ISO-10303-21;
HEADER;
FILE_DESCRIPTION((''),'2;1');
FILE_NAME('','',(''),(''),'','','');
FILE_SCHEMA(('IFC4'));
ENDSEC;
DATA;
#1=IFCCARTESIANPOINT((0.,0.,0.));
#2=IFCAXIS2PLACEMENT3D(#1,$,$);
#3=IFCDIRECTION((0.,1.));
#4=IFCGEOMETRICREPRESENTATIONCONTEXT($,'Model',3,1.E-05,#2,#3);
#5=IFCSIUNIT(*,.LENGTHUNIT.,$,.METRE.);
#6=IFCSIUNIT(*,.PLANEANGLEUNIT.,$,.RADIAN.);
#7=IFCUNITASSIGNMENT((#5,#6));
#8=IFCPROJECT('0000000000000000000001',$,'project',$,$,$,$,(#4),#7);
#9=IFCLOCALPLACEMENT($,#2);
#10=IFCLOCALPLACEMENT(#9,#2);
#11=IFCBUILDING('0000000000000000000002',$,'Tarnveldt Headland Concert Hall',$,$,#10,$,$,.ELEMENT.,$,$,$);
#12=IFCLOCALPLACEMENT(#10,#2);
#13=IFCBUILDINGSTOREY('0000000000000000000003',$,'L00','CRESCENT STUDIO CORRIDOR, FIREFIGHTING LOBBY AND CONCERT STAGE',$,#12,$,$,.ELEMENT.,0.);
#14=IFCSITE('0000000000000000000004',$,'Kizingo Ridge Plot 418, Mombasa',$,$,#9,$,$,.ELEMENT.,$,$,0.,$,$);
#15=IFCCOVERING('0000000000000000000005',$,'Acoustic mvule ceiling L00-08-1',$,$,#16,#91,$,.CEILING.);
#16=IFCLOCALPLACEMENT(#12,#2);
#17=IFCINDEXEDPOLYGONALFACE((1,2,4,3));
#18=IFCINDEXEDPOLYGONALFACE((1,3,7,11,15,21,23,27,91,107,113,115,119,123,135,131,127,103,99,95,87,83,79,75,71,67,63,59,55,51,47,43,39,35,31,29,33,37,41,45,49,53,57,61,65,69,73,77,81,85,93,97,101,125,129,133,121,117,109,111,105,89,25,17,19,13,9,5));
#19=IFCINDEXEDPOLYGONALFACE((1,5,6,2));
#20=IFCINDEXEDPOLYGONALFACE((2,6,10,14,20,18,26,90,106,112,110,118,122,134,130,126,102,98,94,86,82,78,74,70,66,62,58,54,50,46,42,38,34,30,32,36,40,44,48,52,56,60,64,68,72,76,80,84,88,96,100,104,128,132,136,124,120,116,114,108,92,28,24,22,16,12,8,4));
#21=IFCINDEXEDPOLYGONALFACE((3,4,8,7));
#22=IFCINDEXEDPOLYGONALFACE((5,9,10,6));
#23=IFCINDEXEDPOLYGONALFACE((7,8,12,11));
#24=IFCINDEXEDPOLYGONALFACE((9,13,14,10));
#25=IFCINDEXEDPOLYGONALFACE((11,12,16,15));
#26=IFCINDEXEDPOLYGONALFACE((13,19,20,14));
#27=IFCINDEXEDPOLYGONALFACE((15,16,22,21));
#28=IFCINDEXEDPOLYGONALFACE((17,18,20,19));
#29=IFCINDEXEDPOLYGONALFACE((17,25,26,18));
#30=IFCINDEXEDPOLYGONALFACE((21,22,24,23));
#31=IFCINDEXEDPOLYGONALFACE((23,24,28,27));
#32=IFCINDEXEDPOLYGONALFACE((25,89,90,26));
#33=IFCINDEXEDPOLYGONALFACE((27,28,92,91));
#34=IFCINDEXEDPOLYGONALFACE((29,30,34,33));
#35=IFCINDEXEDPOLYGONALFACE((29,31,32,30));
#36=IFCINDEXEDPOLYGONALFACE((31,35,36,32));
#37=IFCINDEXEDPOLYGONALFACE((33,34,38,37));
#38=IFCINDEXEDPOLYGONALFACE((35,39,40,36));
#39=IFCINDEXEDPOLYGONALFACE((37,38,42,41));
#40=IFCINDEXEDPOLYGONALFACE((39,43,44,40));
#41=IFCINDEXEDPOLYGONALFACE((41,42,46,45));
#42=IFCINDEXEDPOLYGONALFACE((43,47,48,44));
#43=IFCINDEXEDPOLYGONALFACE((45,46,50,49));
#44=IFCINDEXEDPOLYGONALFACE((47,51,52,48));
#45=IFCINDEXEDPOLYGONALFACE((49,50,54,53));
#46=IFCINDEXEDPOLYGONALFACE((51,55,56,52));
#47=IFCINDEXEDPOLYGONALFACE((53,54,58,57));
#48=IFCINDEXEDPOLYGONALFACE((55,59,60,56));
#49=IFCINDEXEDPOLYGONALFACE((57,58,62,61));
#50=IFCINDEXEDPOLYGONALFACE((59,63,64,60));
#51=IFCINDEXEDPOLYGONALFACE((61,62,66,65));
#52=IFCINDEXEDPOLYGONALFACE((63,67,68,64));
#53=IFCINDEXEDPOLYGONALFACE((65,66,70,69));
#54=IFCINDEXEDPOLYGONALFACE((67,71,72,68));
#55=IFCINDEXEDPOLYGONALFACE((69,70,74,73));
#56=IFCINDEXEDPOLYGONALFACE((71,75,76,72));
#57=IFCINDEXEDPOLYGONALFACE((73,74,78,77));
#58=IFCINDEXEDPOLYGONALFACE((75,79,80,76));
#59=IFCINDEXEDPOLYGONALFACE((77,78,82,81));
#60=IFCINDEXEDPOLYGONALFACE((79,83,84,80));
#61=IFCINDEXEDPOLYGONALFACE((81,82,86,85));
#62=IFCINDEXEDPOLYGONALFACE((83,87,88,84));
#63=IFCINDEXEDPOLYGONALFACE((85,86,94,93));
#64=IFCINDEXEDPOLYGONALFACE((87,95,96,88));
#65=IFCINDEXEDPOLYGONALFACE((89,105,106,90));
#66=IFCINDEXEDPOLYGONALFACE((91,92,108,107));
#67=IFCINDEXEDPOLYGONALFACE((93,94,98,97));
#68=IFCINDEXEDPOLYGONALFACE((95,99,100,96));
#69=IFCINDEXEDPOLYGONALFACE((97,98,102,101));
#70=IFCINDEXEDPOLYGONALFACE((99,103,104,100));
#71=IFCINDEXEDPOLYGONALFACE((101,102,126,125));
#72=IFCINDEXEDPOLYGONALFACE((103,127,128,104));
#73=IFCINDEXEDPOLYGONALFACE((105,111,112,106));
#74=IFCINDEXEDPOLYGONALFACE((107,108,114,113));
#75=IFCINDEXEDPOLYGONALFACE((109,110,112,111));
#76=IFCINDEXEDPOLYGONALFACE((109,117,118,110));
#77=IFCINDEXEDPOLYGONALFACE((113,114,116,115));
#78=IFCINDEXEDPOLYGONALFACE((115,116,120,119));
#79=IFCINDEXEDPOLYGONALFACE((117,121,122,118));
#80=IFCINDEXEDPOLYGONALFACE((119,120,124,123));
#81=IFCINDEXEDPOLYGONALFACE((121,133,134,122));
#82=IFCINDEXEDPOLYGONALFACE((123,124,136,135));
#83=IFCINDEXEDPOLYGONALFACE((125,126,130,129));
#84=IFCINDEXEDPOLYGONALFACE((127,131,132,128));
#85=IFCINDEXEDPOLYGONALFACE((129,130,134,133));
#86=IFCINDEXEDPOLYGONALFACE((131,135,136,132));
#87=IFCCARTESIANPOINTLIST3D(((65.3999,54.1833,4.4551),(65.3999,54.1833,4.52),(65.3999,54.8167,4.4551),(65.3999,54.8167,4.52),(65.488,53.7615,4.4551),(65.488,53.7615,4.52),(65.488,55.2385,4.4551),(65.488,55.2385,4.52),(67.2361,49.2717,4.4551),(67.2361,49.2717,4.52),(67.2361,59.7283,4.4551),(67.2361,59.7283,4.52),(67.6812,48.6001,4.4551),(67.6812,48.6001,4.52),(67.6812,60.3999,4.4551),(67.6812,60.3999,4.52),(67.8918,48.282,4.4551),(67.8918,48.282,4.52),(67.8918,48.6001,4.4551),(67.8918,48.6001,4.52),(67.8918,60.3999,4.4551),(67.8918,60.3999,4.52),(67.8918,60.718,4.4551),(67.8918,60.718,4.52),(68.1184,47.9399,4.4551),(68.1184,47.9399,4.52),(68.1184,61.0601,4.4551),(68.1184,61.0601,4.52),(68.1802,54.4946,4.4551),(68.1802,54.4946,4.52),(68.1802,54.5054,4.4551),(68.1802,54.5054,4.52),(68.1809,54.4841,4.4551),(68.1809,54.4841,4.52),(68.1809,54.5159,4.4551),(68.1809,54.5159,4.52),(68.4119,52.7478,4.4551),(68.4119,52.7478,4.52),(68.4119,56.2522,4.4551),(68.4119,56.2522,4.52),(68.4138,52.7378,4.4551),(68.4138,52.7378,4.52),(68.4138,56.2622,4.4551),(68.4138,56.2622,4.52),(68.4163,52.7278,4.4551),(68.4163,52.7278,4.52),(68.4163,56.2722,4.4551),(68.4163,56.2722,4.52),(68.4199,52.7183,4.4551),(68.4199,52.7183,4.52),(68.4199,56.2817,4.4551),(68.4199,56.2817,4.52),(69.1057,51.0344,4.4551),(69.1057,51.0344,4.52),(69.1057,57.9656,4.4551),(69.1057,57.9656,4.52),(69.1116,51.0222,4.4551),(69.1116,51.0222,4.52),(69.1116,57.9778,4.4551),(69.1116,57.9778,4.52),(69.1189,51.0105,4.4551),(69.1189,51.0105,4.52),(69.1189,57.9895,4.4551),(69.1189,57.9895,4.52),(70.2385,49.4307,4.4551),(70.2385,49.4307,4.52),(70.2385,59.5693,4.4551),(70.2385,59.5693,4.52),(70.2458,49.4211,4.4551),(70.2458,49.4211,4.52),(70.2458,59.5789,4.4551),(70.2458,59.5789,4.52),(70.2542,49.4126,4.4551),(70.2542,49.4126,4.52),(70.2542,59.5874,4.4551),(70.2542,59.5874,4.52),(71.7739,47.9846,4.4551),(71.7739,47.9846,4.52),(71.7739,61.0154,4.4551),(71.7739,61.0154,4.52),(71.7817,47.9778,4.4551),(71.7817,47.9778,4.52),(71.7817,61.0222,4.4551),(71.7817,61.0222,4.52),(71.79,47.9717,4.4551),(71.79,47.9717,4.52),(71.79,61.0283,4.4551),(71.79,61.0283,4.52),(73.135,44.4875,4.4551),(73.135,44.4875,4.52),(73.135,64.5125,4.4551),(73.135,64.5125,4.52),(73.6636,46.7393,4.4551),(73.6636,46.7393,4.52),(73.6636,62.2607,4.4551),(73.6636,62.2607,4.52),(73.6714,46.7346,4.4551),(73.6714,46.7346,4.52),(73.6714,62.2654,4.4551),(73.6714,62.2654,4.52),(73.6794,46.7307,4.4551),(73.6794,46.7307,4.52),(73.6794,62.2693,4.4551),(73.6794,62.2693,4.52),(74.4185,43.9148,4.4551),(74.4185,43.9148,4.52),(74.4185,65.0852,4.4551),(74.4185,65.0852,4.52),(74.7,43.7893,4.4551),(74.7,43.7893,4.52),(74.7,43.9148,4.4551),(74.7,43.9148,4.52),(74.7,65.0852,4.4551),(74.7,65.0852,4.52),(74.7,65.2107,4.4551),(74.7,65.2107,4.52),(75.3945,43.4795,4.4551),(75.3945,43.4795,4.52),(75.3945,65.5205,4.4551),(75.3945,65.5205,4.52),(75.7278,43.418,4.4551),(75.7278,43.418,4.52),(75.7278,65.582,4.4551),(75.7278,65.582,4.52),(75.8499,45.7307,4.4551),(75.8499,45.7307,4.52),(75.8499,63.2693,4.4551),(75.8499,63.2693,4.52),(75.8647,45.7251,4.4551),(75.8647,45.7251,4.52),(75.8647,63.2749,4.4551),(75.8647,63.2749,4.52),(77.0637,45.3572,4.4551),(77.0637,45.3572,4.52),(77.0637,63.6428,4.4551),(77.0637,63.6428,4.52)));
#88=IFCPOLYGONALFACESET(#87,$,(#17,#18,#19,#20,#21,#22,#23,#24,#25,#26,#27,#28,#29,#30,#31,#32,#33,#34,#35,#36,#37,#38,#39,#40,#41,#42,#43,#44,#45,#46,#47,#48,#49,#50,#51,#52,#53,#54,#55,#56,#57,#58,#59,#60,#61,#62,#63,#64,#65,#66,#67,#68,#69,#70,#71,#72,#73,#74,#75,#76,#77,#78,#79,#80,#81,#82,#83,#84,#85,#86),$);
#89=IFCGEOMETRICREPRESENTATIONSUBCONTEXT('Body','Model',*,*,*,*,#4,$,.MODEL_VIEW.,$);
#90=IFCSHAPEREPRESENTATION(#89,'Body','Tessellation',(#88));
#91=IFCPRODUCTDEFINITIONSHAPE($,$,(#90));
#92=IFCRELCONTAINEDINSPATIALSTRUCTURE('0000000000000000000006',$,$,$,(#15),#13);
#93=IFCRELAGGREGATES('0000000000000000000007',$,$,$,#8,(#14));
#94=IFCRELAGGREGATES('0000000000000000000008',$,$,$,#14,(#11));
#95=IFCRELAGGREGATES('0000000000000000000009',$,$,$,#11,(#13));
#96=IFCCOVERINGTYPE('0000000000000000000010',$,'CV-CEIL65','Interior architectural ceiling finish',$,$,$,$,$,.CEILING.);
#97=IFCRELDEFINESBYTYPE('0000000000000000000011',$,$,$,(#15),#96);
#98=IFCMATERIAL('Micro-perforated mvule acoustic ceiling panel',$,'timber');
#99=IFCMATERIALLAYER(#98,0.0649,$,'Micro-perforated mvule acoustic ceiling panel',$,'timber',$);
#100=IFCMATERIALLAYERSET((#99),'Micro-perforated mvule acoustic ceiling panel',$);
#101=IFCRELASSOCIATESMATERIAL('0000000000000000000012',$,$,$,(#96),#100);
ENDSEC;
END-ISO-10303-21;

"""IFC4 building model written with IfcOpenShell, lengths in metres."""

from ifc_helpers import new_model, si_unit, direction, frame, origin, place, context, subcontext, project, spatial, polyline, outline, extrude, material, layer, layer_set, type_object, element, save


model = new_model("IFC4")

# Units and contexts
model_context = context("Model", 3, precision=1e-05, world=origin(), true_north=direction((0.0, 1.0)))
body_context = subcontext(model_context, "Body", "Model", "MODEL_VIEW")
ifc_project = project(units=[si_unit("LENGTHUNIT", "METRE"), si_unit("PLANEANGLEUNIT", "RADIAN")], contexts=[model_context])

# Site, building, storey
site_placement = place(None, origin())
site = spatial("IfcSite", under=ifc_project, at=site_placement, Name="Kizingo Ridge Plot 418, Mombasa", CompositionType="ELEMENT", RefElevation=0.0)
building_placement = place(site_placement, origin())
building = spatial("IfcBuilding", under=site, at=building_placement, Name="Tarnveldt Headland Concert Hall", CompositionType="ELEMENT")
storey_placement = place(building_placement, origin())
storey = spatial("IfcBuildingStorey", under=building, at=storey_placement, Name="L00", Description="CRESCENT STUDIO CORRIDOR, FIREFIGHTING LOBBY AND CONCERT STAGE", CompositionType="ELEMENT", Elevation=0.0)

# Covering
ifc_material_1 = material(Name="Micro-perforated mvule acoustic ceiling panel", Category="timber")
ifc_layer_1 = layer(ifc_material_1, 0.0649, Name="Micro-perforated mvule acoustic ceiling panel", Category="timber")
ifc_layer_set_1 = layer_set([ifc_layer_1], Name="Micro-perforated mvule acoustic ceiling panel")
covering_type_1 = type_object("IfcCoveringType", Name="CV-CEIL65", Description="Interior architectural ceiling finish", PredefinedType="CEILING", material=ifc_layer_set_1)
covering_1_placement = place(storey_placement, frame((0.0, 0.0, 4.4551)))
element("IfcCovering", 1, at=covering_1_placement, inside=storey, type_object=covering_type_1, Name="Acoustic mvule ceiling L00-08-1", PredefinedType="CEILING", context=body_context, shape_type="SweptSolid", body=[
    extrude(outline(polyline([(75.7278, 43.418), (75.3945, 43.4795), (74.7, 43.7893), (74.7, 43.9148), (74.4185, 43.9148), (73.135, 44.4875), (68.1184, 47.9399), (67.8918, 48.282), (67.8918, 48.6001), (67.6812, 48.6001), (67.2361, 49.2717), (65.488, 53.7615), (65.3999, 54.1833), (65.3999, 54.8167), (65.488, 55.2385), (67.2361, 59.7283), (67.6812, 60.3999), (67.8918, 60.3999), (67.8918, 60.718), (68.1184, 61.0601), (73.135, 64.5125), (74.4185, 65.0852), (74.7, 65.0852), (74.7, 65.2107), (75.3945, 65.5205), (75.7278, 65.582), (77.0637, 63.6428), (75.8647, 63.2749), (75.8499, 63.2693), (73.6794, 62.2693), (73.6714, 62.2654), (73.6636, 62.2607), (71.79, 61.0283), (71.7817, 61.0222), (71.7739, 61.0154), (70.2542, 59.5874), (70.2458, 59.5789), (70.2385, 59.5693), (69.1189, 57.9895), (69.1116, 57.9778), (69.1057, 57.9656), (68.4199, 56.2817), (68.4163, 56.2722), (68.4138, 56.2622), (68.4119, 56.2522), (68.1809, 54.5159), (68.1802, 54.5054), (68.1802, 54.4946), (68.1809, 54.4841), (68.4119, 52.7478), (68.4138, 52.7378), (68.4163, 52.7278), (68.4199, 52.7183), (69.1057, 51.0344), (69.1116, 51.0222), (69.1189, 51.0105), (70.2385, 49.4307), (70.2458, 49.4211), (70.2542, 49.4126), (71.7739, 47.9846), (71.7817, 47.9778), (71.79, 47.9717), (73.6636, 46.7393), (73.6714, 46.7346), (73.6794, 46.7307), (75.8499, 45.7307), (75.8647, 45.7251), (77.0637, 45.3572), (75.7278, 43.418)])), origin(), (0.0, 0.0, 1.0), 0.0649),
])

save(model, "model.ifc")
